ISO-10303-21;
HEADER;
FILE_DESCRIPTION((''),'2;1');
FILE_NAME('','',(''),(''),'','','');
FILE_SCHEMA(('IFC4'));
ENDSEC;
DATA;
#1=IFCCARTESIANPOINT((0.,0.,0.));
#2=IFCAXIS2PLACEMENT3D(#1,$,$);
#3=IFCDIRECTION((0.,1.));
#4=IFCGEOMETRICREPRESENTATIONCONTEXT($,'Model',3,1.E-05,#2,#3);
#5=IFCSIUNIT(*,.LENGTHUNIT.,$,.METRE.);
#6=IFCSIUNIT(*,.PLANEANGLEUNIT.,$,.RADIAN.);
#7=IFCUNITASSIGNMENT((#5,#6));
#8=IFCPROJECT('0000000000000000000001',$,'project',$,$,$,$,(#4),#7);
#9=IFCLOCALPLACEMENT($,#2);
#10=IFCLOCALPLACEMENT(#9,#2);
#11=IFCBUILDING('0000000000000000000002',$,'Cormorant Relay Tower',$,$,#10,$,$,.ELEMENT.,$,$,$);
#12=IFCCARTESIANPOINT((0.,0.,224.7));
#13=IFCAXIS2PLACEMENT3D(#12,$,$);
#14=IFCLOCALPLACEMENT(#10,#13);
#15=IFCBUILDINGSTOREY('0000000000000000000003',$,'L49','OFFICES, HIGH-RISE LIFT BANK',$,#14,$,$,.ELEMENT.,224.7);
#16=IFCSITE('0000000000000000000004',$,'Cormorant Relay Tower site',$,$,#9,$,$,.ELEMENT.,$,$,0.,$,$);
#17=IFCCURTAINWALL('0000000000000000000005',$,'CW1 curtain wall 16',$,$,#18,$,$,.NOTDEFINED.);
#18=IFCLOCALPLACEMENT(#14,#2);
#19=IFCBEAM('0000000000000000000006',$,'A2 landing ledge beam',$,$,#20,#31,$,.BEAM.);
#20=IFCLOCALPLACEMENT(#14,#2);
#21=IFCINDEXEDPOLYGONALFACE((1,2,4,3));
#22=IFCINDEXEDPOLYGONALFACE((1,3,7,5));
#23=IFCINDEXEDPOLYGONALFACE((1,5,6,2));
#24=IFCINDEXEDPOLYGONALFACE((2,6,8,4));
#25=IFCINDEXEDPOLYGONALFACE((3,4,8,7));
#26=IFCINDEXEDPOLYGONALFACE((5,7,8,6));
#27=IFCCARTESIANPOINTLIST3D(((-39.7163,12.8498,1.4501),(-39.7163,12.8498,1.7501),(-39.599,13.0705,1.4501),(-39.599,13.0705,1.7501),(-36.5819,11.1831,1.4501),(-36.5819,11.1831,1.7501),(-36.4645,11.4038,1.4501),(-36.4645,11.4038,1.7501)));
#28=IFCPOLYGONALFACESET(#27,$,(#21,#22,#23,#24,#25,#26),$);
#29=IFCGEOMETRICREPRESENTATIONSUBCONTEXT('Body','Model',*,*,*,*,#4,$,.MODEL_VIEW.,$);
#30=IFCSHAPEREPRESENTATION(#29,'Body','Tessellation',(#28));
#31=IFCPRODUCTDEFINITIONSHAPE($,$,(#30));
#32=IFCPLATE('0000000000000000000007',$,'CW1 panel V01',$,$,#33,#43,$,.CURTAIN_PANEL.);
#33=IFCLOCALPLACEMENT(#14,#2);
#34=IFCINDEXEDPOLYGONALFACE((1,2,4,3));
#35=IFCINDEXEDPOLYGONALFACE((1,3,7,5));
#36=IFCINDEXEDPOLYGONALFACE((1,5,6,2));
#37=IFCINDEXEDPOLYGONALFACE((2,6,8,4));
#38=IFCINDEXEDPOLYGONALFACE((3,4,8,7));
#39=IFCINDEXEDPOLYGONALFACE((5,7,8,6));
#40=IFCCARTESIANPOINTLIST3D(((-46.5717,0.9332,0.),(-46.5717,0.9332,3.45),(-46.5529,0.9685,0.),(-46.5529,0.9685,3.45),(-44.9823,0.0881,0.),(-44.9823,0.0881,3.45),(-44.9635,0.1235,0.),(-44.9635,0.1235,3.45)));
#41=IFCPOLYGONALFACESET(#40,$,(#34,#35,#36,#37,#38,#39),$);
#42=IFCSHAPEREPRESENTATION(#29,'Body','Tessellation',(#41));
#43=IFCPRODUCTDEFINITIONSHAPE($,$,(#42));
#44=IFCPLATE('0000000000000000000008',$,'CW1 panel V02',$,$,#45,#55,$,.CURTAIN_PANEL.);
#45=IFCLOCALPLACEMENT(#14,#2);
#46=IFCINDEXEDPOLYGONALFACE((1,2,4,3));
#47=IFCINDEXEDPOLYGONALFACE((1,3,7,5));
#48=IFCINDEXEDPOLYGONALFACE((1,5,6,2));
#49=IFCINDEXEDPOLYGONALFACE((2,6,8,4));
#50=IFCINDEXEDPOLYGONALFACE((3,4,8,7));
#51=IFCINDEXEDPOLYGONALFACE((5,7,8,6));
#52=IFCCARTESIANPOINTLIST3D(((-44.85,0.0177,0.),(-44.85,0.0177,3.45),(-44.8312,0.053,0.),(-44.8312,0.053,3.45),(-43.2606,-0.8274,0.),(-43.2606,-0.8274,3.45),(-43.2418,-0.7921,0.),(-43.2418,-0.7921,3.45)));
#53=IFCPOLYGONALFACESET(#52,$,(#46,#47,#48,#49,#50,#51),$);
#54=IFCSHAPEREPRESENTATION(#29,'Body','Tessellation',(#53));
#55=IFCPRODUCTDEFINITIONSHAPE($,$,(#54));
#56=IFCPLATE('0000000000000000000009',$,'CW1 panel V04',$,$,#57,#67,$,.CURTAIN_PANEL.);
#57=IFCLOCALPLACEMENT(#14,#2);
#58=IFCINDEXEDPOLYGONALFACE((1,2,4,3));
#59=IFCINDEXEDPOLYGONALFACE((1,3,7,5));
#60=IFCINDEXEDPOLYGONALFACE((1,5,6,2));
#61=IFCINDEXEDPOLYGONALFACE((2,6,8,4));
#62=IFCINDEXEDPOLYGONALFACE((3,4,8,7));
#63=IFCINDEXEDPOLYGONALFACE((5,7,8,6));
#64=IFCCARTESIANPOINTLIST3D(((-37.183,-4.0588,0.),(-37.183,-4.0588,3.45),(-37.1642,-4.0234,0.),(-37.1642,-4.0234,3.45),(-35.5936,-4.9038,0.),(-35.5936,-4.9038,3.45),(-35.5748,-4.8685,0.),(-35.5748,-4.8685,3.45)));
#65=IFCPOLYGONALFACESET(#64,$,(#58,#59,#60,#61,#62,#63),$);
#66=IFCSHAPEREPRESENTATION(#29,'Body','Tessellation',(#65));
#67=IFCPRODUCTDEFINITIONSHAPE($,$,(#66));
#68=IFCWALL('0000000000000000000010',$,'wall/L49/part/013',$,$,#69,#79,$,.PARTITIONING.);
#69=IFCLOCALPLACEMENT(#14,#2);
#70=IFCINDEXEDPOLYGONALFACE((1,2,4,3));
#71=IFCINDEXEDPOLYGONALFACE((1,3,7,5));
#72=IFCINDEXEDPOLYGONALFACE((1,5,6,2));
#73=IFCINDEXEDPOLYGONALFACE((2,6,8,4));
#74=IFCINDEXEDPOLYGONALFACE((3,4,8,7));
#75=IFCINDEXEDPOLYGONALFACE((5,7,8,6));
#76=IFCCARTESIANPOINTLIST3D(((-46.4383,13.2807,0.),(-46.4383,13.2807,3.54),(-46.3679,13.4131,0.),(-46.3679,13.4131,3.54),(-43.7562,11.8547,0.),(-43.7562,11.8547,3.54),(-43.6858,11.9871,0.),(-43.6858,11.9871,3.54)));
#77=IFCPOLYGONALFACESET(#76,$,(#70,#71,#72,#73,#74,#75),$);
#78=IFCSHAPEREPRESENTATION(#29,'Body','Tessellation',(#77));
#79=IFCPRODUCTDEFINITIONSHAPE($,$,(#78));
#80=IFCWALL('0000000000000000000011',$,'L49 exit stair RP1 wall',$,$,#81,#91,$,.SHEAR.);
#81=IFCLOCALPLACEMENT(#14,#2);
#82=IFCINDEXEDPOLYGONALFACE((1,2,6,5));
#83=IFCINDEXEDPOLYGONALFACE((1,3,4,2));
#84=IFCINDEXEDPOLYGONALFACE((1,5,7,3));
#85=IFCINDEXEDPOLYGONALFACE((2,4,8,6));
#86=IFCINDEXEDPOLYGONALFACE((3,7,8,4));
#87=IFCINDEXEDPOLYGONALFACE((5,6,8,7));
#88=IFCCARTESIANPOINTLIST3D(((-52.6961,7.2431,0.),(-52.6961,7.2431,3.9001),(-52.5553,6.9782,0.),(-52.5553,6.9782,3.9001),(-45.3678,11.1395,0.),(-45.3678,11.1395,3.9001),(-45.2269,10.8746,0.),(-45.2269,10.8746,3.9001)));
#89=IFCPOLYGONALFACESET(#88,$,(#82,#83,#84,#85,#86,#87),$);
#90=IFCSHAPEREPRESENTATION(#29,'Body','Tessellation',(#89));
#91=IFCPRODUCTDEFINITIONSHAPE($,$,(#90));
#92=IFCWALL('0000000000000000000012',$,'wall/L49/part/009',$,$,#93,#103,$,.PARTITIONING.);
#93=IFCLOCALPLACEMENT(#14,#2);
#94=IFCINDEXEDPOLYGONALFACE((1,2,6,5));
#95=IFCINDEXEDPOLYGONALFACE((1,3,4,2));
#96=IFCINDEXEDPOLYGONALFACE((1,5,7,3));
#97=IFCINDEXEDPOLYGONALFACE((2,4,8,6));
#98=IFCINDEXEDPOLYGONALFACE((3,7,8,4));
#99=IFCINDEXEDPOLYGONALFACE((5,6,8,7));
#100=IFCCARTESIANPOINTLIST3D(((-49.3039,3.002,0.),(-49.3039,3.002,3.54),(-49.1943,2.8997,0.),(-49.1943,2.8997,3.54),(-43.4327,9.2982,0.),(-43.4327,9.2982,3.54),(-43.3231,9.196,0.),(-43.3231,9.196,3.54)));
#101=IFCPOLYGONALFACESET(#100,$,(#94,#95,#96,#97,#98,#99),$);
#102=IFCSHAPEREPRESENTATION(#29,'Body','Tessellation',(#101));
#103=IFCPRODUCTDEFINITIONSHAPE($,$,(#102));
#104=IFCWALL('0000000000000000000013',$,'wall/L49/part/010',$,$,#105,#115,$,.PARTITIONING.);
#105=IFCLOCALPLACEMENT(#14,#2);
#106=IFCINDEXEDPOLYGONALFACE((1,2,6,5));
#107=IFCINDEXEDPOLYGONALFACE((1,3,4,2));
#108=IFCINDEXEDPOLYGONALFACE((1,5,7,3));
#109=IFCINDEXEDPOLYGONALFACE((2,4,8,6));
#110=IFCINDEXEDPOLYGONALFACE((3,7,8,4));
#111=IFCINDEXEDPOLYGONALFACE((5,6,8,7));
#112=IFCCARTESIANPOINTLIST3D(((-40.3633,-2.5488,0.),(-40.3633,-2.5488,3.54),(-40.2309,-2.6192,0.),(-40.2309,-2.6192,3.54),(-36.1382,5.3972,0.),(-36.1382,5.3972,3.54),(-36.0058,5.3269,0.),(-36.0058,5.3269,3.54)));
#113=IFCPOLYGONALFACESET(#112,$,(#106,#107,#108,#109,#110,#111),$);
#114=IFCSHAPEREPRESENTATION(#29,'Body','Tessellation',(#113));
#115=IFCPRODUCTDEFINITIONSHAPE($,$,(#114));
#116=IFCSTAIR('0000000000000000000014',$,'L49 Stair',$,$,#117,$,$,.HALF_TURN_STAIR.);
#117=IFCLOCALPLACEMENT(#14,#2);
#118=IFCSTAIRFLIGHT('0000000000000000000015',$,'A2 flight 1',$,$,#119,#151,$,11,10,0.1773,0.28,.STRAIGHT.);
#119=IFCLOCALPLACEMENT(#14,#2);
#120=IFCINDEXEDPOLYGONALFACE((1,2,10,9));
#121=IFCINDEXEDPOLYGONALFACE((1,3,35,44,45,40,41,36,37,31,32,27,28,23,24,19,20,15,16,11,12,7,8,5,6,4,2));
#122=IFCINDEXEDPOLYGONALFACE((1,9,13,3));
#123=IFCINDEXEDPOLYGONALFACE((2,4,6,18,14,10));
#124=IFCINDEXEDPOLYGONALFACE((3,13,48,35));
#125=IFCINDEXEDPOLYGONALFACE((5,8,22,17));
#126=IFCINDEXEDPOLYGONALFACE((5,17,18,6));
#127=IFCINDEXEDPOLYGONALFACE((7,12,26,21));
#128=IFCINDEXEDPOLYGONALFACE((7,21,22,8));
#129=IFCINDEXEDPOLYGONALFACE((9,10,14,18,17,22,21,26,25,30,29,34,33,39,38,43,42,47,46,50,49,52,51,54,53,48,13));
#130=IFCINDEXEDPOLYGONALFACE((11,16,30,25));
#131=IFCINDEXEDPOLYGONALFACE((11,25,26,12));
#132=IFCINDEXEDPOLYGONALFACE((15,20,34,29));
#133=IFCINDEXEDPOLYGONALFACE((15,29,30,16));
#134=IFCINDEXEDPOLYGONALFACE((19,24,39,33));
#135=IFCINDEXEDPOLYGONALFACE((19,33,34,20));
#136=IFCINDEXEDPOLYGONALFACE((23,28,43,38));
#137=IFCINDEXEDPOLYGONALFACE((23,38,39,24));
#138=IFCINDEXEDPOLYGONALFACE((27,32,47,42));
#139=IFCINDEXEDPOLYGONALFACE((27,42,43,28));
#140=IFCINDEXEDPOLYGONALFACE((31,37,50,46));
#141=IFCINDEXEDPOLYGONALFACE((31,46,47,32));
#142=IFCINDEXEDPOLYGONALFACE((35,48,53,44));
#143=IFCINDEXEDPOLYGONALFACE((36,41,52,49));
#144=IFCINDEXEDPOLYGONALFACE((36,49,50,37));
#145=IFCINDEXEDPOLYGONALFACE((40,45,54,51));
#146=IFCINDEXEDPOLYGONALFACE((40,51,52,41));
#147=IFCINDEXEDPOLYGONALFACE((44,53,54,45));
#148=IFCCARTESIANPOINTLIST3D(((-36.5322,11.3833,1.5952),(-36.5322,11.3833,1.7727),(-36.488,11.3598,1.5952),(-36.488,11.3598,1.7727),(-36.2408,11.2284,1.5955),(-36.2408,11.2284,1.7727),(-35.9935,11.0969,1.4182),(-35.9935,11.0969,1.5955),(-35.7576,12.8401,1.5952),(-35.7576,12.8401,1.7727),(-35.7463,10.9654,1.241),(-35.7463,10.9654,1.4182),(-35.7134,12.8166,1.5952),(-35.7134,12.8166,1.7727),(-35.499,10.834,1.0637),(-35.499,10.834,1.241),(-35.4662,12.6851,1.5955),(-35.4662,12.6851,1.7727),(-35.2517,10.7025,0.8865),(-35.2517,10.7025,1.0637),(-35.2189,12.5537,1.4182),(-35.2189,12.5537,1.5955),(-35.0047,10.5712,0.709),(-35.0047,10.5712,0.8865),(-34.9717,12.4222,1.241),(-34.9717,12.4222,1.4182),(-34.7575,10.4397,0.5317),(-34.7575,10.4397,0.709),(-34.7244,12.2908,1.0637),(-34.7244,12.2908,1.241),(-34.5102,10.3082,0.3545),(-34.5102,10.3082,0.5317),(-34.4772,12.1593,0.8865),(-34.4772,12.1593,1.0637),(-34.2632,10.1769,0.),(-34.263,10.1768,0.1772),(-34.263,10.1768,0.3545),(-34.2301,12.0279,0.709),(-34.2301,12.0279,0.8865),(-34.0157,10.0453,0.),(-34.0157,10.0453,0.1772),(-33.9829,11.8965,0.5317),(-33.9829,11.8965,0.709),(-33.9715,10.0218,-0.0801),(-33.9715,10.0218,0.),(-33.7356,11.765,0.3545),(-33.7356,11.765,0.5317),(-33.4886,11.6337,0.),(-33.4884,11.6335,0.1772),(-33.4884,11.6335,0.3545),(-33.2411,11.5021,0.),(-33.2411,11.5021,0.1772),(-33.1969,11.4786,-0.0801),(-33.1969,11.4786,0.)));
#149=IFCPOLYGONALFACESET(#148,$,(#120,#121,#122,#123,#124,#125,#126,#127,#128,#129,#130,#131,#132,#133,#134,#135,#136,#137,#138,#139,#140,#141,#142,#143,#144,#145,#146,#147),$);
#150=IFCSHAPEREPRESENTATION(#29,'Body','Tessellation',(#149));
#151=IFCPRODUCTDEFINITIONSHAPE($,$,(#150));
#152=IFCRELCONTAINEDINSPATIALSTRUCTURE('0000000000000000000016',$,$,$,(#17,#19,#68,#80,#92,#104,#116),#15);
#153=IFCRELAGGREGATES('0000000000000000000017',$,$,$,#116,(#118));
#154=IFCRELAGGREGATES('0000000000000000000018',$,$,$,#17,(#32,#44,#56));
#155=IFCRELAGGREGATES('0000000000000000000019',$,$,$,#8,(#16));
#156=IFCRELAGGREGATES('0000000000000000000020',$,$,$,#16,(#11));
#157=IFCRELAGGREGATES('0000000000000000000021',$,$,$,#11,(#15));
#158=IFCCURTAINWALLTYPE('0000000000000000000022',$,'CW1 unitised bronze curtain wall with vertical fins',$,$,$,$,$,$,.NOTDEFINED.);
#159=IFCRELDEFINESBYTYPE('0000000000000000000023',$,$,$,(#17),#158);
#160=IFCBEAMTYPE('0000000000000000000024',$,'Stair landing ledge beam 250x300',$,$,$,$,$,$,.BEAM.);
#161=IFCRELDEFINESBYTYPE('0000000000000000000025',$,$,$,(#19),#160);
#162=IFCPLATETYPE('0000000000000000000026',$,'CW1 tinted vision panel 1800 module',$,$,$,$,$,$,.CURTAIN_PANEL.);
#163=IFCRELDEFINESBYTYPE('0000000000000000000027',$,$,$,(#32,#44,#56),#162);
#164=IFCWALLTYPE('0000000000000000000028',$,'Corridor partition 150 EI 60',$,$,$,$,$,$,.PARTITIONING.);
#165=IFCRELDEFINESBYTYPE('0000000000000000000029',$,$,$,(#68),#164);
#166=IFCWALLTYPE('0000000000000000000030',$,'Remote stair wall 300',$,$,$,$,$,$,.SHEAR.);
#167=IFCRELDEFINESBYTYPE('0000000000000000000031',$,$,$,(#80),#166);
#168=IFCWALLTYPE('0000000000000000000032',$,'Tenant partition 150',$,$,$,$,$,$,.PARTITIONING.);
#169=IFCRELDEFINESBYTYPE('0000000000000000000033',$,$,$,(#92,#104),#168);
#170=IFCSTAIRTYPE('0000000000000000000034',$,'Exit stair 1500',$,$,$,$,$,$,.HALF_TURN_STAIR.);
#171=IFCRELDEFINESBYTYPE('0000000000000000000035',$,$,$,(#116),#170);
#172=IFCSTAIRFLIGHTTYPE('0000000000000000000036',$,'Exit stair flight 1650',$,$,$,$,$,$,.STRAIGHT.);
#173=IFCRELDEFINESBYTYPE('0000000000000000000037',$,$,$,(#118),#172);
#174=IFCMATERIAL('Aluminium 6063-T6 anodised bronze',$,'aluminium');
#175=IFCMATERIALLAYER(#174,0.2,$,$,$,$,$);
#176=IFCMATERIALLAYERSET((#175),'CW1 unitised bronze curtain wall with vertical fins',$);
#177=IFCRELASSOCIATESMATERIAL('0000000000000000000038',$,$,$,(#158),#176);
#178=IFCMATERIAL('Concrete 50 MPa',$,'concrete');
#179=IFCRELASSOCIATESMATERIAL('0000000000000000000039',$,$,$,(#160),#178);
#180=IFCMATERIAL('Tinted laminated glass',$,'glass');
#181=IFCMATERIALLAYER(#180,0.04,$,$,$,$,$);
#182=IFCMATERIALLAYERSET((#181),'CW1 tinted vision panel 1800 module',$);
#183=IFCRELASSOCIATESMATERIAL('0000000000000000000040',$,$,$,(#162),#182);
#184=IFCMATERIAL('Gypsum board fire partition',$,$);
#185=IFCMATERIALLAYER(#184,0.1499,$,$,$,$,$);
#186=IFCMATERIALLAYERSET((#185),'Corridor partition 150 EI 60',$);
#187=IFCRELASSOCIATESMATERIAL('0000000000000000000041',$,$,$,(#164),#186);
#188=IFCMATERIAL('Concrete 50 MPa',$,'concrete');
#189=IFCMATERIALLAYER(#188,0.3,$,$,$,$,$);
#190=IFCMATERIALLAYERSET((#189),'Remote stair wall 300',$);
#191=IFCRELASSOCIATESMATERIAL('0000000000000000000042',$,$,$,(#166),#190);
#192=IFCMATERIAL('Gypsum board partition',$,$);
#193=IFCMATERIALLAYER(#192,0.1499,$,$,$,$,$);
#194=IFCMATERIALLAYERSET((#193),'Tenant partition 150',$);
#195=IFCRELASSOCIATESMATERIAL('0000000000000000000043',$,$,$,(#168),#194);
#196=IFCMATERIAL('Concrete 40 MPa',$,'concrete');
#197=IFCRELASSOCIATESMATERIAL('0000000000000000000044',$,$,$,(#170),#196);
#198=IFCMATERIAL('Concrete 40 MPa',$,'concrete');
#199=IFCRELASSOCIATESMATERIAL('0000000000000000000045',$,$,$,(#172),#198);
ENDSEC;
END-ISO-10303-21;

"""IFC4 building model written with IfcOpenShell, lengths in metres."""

from ifc_helpers import new_model, si_unit, direction, frame, frame_2d, origin, origin_2d, place, context, subcontext, project, spatial, polyline, rectangle, outline, extrude, material, layer, layer_set, material_profile, profile_set, type_object, element, aggregate, save


model = new_model("IFC4")

# Units and contexts
model_context = context("Model", 3, precision=1e-05, world=origin(), true_north=direction((0.0, 1.0)))
body_context = subcontext(model_context, "Body", "Model", "MODEL_VIEW")
ifc_project = project(units=[si_unit("LENGTHUNIT", "METRE"), si_unit("PLANEANGLEUNIT", "RADIAN")], contexts=[model_context])

# Site, building, storey
site_placement = place(None, origin())
site = spatial("IfcSite", under=ifc_project, at=site_placement, Name="Cormorant Relay Tower site", CompositionType="ELEMENT", RefElevation=0.0)
building_placement = place(site_placement, origin())
building = spatial("IfcBuilding", under=site, at=building_placement, Name="Cormorant Relay Tower", CompositionType="ELEMENT")
storey_placement = place(building_placement, frame((0.0, 0.0, 224.7)))
storey = spatial("IfcBuildingStorey", under=building, at=storey_placement, Name="L49", Description="OFFICES, HIGH-RISE LIFT BANK", CompositionType="ELEMENT", Elevation=224.7)

# Curtain wall
ifc_material_1 = material(Name="Aluminium 6063-T6 anodised bronze", Category="aluminium")
ifc_layer_1 = layer(ifc_material_1, 0.2)
ifc_layer_set_1 = layer_set([ifc_layer_1], Name="CW1 unitised bronze curtain wall with vertical fins")
curtain_wall_type = type_object("IfcCurtainWallType", Name="CW1 unitised bronze curtain wall with vertical fins", PredefinedType="NOTDEFINED", material=ifc_layer_set_1)
curtain_wall_placement = place(storey_placement, origin())
curtain_wall = element("IfcCurtainWall", 1, at=curtain_wall_placement, inside=storey, type_object=curtain_wall_type, Name="CW1 curtain wall 16", PredefinedType="NOTDEFINED")

# Beam
ifc_material_2 = material(Name="Concrete 50 MPa", Category="concrete")
ifc_material_profile_1 = material_profile(ifc_material_2, rectangle(XDim=0.25, YDim=0.3, at=origin_2d()), Name="RC 250x300")
ifc_profile_set_1 = profile_set([ifc_material_profile_1], Name="Concrete 50 MPa")
beam_type_1 = type_object("IfcBeamType", Name="Stair landing ledge beam 250x300", PredefinedType="BEAM", material=ifc_profile_set_1)
beam_1_placement = place(storey_placement, frame((-36.5232, 11.2935, 1.6001), z_axis=(-0.882937, 0.469492, 0.0), x_axis=(-0.469492, -0.882937, 0.0)))
element("IfcBeam", 2, at=beam_1_placement, inside=storey, type_object=beam_type_1, Name="A2 landing ledge beam", PredefinedType="BEAM", context=body_context, shape_type="SweptSolid", body=[
    extrude(rectangle(XDim=0.25, YDim=0.3, at=origin_2d()), origin(), (0.0, 0.0, 1.0), 3.55),
])

# Plates
ifc_material_3 = material(Name="Tinted laminated glass", Category="glass")
ifc_layer_2 = layer(ifc_material_3, 0.04)
ifc_layer_set_2 = layer_set([ifc_layer_2], Name="CW1 tinted vision panel 1800 module")
plate_type = type_object("IfcPlateType", Name="CW1 tinted vision panel 1800 module", PredefinedType="CURTAIN_PANEL", material=ifc_layer_set_2)
plate_1_placement = place(storey_placement, frame((-45.7676, 0.5283, 0.0), z_axis=(0.0, 0.0, 1.0), x_axis=(0.882948, -0.469472, 0.0)))
plate_1 = element("IfcPlate", 3, at=plate_1_placement, type_object=plate_type, Name="CW1 panel V01", PredefinedType="CURTAIN_PANEL", context=body_context, shape_type="SweptSolid", body=[
    extrude(rectangle(XDim=1.8, YDim=0.04, at=origin_2d()), origin(), (0.0, 0.0, 1.0), 3.45),
])
plate_2_placement = place(storey_placement, frame((-44.0459, -0.3872, 0.0), z_axis=(0.0, 0.0, 1.0), x_axis=(0.882948, -0.469472, 0.0)))
plate_2 = element("IfcPlate", 4, at=plate_2_placement, type_object=plate_type, Name="CW1 panel V02", PredefinedType="CURTAIN_PANEL", context=body_context, shape_type="SweptSolid", body=[
    extrude(rectangle(XDim=1.8, YDim=0.04, at=origin_2d()), origin(), (0.0, 0.0, 1.0), 3.45),
])
plate_3_placement = place(storey_placement, frame((-36.3789, -4.4636, 0.0), z_axis=(0.0, 0.0, 1.0), x_axis=(0.882948, -0.469472, 0.0)))
plate_3 = element("IfcPlate", 5, at=plate_3_placement, type_object=plate_type, Name="CW1 panel V04", PredefinedType="CURTAIN_PANEL", context=body_context, shape_type="SweptSolid", body=[
    extrude(rectangle(XDim=1.8, YDim=0.04, at=origin_2d()), origin(), (0.0, 0.0, 1.0), 3.45),
])

# Walls
ifc_material_4 = material(Name="Gypsum board fire partition")
ifc_layer_3 = layer(ifc_material_4, 0.1499)
ifc_layer_set_3 = layer_set([ifc_layer_3], Name="Corridor partition 150 EI 60")
wall_type_1 = type_object("IfcWallType", Name="Corridor partition 150 EI 60", PredefinedType="PARTITIONING", material=ifc_layer_set_3)
wall_1_placement = place(storey_placement, frame((-46.4031, 13.3469, 0.0), z_axis=(0.0, 0.0, 1.0), x_axis=(0.88296, -0.469449, 0.0)))
element("IfcWall", 6, at=wall_1_placement, inside=storey, type_object=wall_type_1, Name="wall/L49/part/013", PredefinedType="PARTITIONING", context=body_context, shape_type="SweptSolid", body=[
    extrude(rectangle(XDim=3.0376, YDim=0.1499, at=frame_2d((1.5188, 0.0))), origin(), (0.0, 0.0, 1.0), 3.54),
])
ifc_material_5 = material(Name="Concrete 50 MPa", Category="concrete")
ifc_layer_4 = layer(ifc_material_5, 0.3)
ifc_layer_set_4 = layer_set([ifc_layer_4], Name="Remote stair wall 300")
wall_type_2 = type_object("IfcWallType", Name="Remote stair wall 300", PredefinedType="SHEAR", material=ifc_layer_set_4)
wall_2_placement = place(storey_placement, frame((-45.2974, 11.0071, 0.0), z_axis=(0.0, 0.0, 1.0), x_axis=(-0.882952, -0.469464, 0.0)))
element("IfcWall", 7, at=wall_2_placement, inside=storey, type_object=wall_type_2, Name="L49 exit stair RP1 wall", PredefinedType="SHEAR", context=body_context, shape_type="SweptSolid", body=[
    extrude(rectangle(XDim=8.2998, YDim=0.3, at=frame_2d((4.1499, 0.0))), origin(), (0.0, 0.0, 1.0), 3.9001),
])
ifc_material_6 = material(Name="Gypsum board partition")
ifc_layer_5 = layer(ifc_material_6, 0.1499)
ifc_layer_set_5 = layer_set([ifc_layer_5], Name="Tenant partition 150")
wall_type_3 = type_object("IfcWallType", Name="Tenant partition 150", PredefinedType="PARTITIONING", material=ifc_layer_set_5)
wall_3_placement = place(storey_placement, frame((-43.3779, 9.2471, 0.0), z_axis=(0.0, 0.0, 1.0), x_axis=(-0.681989, -0.731363, 0.0)))
element("IfcWall", 8, at=wall_3_placement, inside=storey, type_object=wall_type_3, Name="wall/L49/part/009", PredefinedType="PARTITIONING", context=body_context, shape_type="SweptSolid", body=[
    extrude(rectangle(XDim=8.6089, YDim=0.1499, at=frame_2d((4.3044, 0.0))), origin(), (0.0, 0.0, 1.0), 3.54),
])
wall_4_placement = place(storey_placement, frame((-36.072, 5.3621, 0.0), z_axis=(0.0, 0.0, 1.0), x_axis=(-0.469481, -0.882942, 0.0)))
element("IfcWall", 9, at=wall_4_placement, inside=storey, type_object=wall_type_3, Name="wall/L49/part/010", PredefinedType="PARTITIONING", context=body_context, shape_type="SweptSolid", body=[
    extrude(rectangle(XDim=8.9995, YDim=0.1499, at=frame_2d((4.4998, 0.0))), origin(), (0.0, 0.0, 1.0), 3.54),
])

# Stair, stair flight
ifc_material_7 = material(Name="Concrete 40 MPa", Category="concrete")
stair_type = type_object("IfcStairType", Name="Exit stair 1500", PredefinedType="HALF_TURN_STAIR", material=ifc_material_7)
stair_placement = place(storey_placement, origin())
stair = element("IfcStair", 10, at=stair_placement, inside=storey, type_object=stair_type, Name="L49 Stair", PredefinedType="HALF_TURN_STAIR")
ifc_material_8 = material(Name="Concrete 40 MPa", Category="concrete")
stair_flight_type = type_object("IfcStairFlightType", Name="Exit stair flight 1650", PredefinedType="STRAIGHT", material=ifc_material_8)
stair_flight_1_placement = place(storey_placement, frame((-33.6284, 10.7737, 0.0), z_axis=(0.0, 0.0, 1.0), x_axis=(-0.882948, 0.469472, 0.0)))
stair_flight_1 = element("IfcStairFlight", 11, at=stair_flight_1_placement, type_object=stair_flight_type, Name="A2 flight 1", NumberOfRisers=11, NumberOfTreads=10, PredefinedType="STRAIGHT", RiserHeight=0.1773, TreadLength=0.28, context=body_context, shape_type="SweptSolid", body=[
    extrude(outline(polyline([(-0.05, -0.0801), (-0.05, 0.0), (0.0, 0.0), (0.0, 0.1772), (0.28, 0.1772), (0.28, 0.3545), (0.5601, 0.3545), (0.5601, 0.5317), (0.8401, 0.5317), (0.8401, 0.709), (1.1201, 0.709), (1.1201, 0.8865), (1.3999, 0.8865), (1.3999, 1.0637), (1.6799, 1.0637), (1.6799, 1.241), (1.96, 1.241), (1.96, 1.4182), (2.24, 1.4182), (2.24, 1.5955), (2.52, 1.5955), (2.52, 1.7727), (2.8, 1.7727), (2.8501, 1.7727), (2.8501, 1.5952), (2.8, 1.5952), (0.2803, 0.0), (-0.05, -0.0801)])), frame((0.0, 0.825, 0.0), z_axis=(0.0, -1.0, 0.0), x_axis=(1.0, 0.0, 0.0)), (0.0, 0.0, 1.0), 1.6499),
])
aggregate(stair, [stair_flight_1])

aggregate(curtain_wall, [plate_1, plate_2, plate_3])

save(model, "model.ifc")
